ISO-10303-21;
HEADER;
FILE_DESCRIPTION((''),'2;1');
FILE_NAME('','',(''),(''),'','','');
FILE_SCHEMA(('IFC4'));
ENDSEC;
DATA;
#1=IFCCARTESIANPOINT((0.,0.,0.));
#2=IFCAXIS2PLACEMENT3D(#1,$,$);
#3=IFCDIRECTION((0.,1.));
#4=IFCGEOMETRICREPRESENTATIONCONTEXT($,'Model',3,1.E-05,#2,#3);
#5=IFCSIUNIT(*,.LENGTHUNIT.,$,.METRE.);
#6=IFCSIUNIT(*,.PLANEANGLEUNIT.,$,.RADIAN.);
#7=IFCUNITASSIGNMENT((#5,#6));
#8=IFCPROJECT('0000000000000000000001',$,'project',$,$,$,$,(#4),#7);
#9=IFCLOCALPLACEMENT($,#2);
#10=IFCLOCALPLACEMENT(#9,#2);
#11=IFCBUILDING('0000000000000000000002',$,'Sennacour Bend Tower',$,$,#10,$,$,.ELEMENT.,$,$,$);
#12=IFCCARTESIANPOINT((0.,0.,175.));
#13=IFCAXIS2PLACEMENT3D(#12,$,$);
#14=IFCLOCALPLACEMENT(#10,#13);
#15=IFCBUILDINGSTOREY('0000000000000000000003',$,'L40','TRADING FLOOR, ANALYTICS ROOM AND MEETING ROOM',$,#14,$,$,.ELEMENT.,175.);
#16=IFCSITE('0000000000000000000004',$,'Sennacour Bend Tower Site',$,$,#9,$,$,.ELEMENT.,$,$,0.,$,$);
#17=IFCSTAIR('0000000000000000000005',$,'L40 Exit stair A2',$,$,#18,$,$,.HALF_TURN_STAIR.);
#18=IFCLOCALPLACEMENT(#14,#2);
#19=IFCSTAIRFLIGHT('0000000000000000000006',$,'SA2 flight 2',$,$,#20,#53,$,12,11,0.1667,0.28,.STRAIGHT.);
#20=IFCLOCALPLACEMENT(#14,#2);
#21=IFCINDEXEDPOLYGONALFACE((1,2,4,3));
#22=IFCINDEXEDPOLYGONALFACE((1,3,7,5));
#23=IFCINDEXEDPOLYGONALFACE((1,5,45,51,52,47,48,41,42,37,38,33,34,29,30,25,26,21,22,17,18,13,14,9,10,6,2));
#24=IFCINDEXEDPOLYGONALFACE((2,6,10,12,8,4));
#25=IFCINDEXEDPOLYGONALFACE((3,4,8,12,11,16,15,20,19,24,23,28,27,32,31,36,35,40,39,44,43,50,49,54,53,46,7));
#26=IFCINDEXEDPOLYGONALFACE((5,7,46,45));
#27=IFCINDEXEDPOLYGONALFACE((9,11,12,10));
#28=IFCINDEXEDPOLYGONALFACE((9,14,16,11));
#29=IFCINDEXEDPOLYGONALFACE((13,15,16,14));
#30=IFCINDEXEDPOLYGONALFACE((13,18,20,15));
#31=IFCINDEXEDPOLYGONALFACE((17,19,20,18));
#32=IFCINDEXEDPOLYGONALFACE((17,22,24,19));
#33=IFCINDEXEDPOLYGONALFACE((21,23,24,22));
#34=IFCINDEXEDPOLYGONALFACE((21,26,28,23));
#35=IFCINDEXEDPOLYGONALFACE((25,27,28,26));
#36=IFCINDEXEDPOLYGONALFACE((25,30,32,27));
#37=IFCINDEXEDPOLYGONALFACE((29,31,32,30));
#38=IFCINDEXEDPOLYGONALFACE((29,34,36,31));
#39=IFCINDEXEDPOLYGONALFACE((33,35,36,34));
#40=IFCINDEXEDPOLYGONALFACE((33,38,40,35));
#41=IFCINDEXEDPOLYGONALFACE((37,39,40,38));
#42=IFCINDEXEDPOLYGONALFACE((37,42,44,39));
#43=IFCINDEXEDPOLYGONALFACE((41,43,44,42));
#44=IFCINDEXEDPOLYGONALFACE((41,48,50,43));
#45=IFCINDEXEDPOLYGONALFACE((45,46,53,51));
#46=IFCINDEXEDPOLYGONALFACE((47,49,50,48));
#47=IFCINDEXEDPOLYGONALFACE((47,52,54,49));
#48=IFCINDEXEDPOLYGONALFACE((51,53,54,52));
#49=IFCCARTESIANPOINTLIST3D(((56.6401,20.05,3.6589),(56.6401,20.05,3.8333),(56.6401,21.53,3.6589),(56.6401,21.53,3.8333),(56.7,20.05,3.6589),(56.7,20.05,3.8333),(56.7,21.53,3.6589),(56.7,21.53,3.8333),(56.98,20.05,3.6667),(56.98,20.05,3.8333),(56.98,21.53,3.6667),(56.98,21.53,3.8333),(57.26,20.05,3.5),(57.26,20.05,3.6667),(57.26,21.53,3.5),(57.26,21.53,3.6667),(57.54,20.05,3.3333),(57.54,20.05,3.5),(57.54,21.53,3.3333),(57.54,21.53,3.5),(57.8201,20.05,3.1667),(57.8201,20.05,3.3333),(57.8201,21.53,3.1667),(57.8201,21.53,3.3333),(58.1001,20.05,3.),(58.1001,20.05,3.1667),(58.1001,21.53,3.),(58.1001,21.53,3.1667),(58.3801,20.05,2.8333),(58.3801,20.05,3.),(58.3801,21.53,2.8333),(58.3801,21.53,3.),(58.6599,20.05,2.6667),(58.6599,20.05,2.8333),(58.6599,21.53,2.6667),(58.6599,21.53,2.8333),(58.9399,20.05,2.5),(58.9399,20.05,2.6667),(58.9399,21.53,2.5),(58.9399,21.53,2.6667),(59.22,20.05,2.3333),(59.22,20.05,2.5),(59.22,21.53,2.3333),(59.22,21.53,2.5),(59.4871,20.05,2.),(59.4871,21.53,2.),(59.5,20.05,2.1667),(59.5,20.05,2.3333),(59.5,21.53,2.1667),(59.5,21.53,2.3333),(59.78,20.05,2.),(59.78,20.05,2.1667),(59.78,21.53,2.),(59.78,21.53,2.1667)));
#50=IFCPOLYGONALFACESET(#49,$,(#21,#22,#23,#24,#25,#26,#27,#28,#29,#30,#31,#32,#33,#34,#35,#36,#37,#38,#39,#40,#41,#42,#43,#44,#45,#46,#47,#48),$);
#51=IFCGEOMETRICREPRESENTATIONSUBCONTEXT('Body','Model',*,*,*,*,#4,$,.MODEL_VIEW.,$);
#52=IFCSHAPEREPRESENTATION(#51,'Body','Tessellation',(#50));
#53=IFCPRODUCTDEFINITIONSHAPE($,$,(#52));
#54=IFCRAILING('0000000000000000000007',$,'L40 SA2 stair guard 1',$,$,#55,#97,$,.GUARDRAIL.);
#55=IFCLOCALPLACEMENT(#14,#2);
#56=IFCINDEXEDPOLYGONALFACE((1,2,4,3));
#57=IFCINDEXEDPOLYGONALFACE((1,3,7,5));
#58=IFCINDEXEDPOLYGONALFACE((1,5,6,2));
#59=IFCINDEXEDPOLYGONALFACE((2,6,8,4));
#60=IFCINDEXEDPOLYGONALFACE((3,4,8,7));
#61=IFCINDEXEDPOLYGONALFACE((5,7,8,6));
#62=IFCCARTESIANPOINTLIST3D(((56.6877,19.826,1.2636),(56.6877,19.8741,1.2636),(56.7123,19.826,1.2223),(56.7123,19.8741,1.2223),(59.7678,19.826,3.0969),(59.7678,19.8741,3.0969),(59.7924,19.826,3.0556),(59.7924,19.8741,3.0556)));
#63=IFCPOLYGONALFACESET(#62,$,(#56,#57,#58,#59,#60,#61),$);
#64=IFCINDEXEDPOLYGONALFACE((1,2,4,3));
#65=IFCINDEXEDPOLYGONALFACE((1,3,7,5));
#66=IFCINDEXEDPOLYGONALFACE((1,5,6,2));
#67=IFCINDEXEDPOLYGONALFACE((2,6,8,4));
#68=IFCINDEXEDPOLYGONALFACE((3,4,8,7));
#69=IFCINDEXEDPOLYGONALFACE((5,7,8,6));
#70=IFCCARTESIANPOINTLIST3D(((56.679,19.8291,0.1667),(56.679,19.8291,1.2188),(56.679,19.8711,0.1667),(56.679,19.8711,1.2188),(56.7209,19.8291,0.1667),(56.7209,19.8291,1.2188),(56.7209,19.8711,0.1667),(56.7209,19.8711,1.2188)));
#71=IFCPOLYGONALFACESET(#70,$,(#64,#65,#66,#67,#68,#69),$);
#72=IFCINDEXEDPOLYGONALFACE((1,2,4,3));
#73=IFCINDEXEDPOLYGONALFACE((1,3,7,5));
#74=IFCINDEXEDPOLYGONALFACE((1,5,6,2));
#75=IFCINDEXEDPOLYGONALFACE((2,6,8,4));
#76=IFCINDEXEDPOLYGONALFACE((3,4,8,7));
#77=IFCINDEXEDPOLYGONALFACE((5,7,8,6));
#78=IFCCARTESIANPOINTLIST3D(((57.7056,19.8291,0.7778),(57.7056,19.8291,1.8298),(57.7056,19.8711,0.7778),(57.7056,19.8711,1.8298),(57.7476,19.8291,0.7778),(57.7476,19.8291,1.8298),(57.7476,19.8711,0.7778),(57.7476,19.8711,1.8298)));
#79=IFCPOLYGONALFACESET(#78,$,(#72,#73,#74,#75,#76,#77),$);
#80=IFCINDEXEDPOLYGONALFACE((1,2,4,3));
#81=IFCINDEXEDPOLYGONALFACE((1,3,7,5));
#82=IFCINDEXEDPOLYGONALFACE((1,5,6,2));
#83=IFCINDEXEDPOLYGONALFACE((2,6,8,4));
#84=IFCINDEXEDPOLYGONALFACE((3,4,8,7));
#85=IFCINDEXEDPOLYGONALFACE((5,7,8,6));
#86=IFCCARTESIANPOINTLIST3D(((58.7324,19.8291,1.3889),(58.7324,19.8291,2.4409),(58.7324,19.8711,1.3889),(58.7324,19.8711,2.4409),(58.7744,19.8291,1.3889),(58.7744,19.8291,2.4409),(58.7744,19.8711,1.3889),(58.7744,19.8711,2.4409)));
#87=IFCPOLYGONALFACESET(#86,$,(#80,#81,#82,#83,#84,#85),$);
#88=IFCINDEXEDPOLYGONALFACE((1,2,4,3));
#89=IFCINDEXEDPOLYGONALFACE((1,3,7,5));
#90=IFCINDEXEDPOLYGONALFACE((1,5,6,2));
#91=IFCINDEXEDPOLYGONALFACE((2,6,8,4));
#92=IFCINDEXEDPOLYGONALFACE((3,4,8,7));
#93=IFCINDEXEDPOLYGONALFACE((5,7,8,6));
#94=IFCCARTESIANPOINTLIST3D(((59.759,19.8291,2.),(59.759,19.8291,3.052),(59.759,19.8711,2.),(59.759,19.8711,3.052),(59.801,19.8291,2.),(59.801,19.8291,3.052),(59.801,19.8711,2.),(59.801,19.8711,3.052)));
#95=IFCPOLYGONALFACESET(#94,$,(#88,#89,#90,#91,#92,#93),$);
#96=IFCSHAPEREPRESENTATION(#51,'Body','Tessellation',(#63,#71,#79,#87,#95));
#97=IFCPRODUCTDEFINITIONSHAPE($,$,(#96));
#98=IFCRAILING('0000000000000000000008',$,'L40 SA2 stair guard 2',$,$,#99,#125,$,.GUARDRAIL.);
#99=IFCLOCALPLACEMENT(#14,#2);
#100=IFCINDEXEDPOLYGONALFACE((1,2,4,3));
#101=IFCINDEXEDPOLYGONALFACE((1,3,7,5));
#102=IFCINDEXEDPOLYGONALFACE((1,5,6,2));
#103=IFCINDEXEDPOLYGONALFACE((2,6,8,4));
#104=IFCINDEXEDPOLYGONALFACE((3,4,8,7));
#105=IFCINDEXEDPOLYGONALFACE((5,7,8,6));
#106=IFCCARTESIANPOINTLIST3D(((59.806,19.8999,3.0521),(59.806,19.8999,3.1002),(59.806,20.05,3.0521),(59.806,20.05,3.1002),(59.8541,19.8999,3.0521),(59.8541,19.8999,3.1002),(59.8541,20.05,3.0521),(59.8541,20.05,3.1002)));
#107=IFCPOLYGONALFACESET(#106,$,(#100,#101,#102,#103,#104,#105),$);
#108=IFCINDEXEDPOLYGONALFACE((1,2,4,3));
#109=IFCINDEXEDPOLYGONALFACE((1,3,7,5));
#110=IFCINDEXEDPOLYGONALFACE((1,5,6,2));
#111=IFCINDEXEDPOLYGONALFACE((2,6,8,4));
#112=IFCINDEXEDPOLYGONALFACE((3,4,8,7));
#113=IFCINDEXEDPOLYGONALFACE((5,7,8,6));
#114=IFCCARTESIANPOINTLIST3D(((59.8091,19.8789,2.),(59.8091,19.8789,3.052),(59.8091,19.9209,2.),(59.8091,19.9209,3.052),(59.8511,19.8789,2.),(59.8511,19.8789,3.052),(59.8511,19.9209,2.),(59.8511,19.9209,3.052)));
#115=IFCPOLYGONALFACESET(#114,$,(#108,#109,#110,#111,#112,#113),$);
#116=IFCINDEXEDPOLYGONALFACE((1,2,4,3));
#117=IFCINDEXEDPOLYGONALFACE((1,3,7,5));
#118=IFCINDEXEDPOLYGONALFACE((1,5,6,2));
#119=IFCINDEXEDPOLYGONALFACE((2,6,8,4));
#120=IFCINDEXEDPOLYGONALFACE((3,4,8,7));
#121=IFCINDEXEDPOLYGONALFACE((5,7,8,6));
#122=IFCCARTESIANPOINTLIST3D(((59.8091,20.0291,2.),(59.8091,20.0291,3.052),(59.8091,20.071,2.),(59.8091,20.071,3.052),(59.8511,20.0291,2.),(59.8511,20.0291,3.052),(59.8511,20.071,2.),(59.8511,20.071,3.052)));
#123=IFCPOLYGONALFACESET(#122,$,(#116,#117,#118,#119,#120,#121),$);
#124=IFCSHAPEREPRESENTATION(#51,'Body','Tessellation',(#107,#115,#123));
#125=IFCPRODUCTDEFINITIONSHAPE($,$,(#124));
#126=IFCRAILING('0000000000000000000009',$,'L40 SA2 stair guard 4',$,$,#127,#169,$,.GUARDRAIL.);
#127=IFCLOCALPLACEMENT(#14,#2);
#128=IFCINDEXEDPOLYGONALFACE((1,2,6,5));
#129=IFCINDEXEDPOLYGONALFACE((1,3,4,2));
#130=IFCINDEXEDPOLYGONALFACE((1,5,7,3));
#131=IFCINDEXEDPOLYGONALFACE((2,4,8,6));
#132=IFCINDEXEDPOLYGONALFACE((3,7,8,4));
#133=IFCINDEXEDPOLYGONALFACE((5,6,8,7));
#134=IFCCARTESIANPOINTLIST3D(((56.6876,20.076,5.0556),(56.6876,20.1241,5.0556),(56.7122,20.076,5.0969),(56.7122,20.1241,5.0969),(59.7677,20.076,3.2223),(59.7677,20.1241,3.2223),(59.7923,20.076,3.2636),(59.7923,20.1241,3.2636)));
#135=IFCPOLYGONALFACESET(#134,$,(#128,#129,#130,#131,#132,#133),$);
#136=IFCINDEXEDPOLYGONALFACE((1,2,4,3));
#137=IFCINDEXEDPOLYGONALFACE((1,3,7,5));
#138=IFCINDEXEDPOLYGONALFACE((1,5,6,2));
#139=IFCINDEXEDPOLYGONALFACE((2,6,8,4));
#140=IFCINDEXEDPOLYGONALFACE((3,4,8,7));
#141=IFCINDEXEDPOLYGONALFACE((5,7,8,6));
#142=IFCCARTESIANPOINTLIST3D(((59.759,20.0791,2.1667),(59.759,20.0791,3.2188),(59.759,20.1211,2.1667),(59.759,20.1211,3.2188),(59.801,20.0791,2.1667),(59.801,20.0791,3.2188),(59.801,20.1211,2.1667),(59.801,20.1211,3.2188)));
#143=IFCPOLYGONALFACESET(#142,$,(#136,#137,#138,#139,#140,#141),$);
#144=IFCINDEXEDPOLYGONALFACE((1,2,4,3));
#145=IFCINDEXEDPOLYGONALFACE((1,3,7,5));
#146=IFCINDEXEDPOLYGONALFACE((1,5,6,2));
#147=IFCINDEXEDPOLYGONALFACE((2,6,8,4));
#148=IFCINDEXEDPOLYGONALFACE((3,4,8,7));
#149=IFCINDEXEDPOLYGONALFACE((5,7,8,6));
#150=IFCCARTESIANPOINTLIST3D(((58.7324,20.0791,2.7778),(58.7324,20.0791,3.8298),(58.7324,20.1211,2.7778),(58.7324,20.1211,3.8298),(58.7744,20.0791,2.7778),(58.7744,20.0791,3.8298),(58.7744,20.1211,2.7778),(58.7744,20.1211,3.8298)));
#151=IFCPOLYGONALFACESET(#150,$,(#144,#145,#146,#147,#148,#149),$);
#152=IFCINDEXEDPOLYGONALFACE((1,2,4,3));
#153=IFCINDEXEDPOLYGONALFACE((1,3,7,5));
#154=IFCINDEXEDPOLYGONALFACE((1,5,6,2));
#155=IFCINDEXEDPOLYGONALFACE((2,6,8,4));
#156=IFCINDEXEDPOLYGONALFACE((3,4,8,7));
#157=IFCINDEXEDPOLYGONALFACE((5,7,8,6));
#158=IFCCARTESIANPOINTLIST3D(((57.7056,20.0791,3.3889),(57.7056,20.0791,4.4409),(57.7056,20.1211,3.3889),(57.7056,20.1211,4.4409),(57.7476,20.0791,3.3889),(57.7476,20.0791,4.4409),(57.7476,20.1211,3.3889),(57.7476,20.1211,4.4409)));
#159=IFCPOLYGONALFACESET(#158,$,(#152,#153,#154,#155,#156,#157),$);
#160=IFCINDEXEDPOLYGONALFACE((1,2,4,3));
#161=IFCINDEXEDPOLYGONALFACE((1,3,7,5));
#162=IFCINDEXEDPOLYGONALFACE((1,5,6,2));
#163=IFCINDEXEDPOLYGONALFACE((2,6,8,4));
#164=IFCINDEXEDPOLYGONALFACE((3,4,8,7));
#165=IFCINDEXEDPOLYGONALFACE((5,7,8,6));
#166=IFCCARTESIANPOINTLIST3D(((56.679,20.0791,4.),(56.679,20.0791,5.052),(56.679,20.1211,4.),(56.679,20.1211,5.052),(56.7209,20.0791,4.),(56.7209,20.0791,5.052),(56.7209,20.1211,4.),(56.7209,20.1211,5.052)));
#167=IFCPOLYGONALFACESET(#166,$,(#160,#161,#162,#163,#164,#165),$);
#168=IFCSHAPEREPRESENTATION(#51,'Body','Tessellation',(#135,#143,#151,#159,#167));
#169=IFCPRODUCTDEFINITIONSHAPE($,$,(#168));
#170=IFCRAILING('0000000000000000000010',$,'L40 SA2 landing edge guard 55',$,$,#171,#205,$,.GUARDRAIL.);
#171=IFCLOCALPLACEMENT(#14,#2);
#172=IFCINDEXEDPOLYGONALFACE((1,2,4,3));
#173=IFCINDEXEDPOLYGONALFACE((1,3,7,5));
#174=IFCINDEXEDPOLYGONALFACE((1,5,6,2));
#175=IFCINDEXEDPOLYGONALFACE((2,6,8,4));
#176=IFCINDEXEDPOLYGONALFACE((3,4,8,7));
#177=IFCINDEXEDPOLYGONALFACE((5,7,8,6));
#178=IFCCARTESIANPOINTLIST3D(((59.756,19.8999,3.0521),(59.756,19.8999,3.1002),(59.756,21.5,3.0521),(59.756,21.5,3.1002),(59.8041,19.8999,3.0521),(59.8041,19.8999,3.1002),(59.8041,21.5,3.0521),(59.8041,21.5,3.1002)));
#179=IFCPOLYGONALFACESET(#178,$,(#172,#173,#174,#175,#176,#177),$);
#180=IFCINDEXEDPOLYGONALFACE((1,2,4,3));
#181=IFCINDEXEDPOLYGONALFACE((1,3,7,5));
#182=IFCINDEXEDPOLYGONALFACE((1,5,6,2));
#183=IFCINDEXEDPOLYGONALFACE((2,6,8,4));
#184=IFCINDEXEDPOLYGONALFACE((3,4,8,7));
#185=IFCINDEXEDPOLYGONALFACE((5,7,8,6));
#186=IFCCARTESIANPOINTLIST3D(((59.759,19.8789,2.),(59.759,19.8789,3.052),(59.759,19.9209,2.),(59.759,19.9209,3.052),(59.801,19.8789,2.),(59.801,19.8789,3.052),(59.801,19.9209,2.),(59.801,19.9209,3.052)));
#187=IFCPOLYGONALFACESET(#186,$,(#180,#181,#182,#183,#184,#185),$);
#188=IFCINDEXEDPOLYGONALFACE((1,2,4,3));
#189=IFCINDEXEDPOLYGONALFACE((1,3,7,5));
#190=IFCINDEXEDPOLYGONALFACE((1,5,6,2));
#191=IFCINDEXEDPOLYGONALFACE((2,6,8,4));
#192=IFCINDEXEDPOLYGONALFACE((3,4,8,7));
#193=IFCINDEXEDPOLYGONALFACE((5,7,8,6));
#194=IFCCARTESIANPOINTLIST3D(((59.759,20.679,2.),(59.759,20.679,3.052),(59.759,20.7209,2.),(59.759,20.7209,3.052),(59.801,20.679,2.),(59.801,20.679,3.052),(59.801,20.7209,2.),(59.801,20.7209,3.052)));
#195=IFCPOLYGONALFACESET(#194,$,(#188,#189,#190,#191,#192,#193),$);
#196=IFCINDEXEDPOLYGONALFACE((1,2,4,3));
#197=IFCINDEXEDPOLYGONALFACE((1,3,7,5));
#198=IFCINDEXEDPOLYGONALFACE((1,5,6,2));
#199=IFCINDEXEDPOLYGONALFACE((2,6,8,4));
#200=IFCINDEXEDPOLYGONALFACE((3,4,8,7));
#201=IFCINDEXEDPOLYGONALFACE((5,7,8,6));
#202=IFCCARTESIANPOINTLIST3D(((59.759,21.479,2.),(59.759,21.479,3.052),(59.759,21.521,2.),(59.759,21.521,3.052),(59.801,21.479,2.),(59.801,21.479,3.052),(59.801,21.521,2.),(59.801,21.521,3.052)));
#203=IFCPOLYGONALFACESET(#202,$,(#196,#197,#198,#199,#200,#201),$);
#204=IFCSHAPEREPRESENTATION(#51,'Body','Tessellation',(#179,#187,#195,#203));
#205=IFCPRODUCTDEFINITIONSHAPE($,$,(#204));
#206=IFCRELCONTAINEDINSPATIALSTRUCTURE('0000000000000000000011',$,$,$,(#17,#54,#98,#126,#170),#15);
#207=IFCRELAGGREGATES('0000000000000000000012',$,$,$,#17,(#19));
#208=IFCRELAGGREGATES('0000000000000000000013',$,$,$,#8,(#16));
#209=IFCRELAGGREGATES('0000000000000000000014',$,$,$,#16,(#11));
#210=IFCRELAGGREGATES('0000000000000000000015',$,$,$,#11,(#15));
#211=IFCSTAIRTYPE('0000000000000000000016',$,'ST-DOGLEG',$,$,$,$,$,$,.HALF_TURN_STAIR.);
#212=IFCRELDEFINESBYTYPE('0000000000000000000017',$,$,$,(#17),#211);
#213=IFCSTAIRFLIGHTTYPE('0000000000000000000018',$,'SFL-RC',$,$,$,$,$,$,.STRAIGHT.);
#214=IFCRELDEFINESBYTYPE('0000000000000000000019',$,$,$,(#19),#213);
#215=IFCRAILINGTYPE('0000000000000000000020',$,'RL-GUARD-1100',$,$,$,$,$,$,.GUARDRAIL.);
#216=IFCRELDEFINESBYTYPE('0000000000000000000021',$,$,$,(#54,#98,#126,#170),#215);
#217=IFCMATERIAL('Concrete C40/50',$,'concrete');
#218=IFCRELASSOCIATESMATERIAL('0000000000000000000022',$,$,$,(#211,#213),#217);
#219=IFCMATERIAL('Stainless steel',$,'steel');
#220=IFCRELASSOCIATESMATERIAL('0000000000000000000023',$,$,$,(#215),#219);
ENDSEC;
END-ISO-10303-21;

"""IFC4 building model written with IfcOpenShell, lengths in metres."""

from ifc_helpers import new_model, si_unit, direction, frame, origin, origin_2d, place, context, subcontext, project, spatial, polyline, rectangle, outline, extrude, material, type_object, element, aggregate, save


model = new_model("IFC4")

# Units and contexts
model_context = context("Model", 3, precision=1e-05, world=origin(), true_north=direction((0.0, 1.0)))
body_context = subcontext(model_context, "Body", "Model", "MODEL_VIEW")
ifc_project = project(units=[si_unit("LENGTHUNIT", "METRE"), si_unit("PLANEANGLEUNIT", "RADIAN")], contexts=[model_context])

# Site, building, storey
site_placement = place(None, origin())
site = spatial("IfcSite", under=ifc_project, at=site_placement, Name="Sennacour Bend Tower Site", CompositionType="ELEMENT", RefElevation=0.0)
building_placement = place(site_placement, origin())
building = spatial("IfcBuilding", under=site, at=building_placement, Name="Sennacour Bend Tower", CompositionType="ELEMENT")
storey_placement = place(building_placement, frame((0.0, 0.0, 175.0)))
storey = spatial("IfcBuildingStorey", under=building, at=storey_placement, Name="L40", Description="TRADING FLOOR, ANALYTICS ROOM AND MEETING ROOM", CompositionType="ELEMENT", Elevation=175.0)

# Shared definitions
ifc_material_1 = material(Name="Stainless steel", Category="steel")

# Stair, stair flight
ifc_material_2 = material(Name="Concrete C40/50", Category="concrete")
stair_type = type_object("IfcStairType", Name="ST-DOGLEG", PredefinedType="HALF_TURN_STAIR", material=ifc_material_2)
stair_placement = place(storey_placement, origin())
stair = element("IfcStair", 1, at=stair_placement, inside=storey, type_object=stair_type, Name="L40 Exit stair A2", PredefinedType="HALF_TURN_STAIR")
stair_flight_type = type_object("IfcStairFlightType", Name="SFL-RC", PredefinedType="STRAIGHT", material=ifc_material_2)
stair_flight_1_placement = place(storey_placement, frame((59.78, 20.79, 2.0), z_axis=(0.0, 0.0, 1.0), x_axis=(-1.0, 0.0, 0.0)))
stair_flight_1 = element("IfcStairFlight", 2, at=stair_flight_1_placement, type_object=stair_flight_type, Name="SA2 flight 2", NumberOfRisers=12, NumberOfTreads=11, PredefinedType="STRAIGHT", RiserHeight=0.1667, TreadLength=0.28, context=body_context, shape_type="SweptSolid", body=[
    extrude(outline(polyline([(0.0, 0.0), (0.0, 0.1667), (0.28, 0.1667), (0.28, 0.3333), (0.5601, 0.3333), (0.5601, 0.5), (0.8401, 0.5), (0.8401, 0.6667), (1.1201, 0.6667), (1.1201, 0.8333), (1.3999, 0.8333), (1.3999, 1.0), (1.6799, 1.0), (1.6799, 1.1667), (1.96, 1.1667), (1.96, 1.3333), (2.24, 1.3333), (2.24, 1.5), (2.52, 1.5), (2.52, 1.6667), (2.8, 1.6667), (2.8, 1.8333), (3.0801, 1.8333), (3.1399, 1.8333), (3.1399, 1.6589), (3.0801, 1.6589), (0.293, 0.0), (0.0, 0.0)])), frame((0.0, 0.74, 0.0), z_axis=(0.0, -1.0, 0.0), x_axis=(1.0, 0.0, 0.0)), (0.0, 0.0, 1.0), 1.48),
])
aggregate(stair, [stair_flight_1])

# Railings
railing_type_1 = type_object("IfcRailingType", Name="RL-GUARD-1100", PredefinedType="GUARDRAIL", material=ifc_material_1)
railing_1_placement = place(storey_placement, frame((56.7, 19.8501, 0.1667)))
element("IfcRailing", 3, at=railing_1_placement, inside=storey, type_object=railing_type_1, Name="L40 SA2 stair guard 1", PredefinedType="GUARDRAIL", context=body_context, shape_type="SweptSolid", body=[
    extrude(rectangle(XDim=0.0481, YDim=0.0481, at=origin_2d()), frame((0.0, 0.0, 1.0762), z_axis=(0.859309, 0.0, 0.511458), x_axis=(0.0, 1.0, 0.0)), (0.0, 0.0, 1.0), 3.5845),
    extrude(rectangle(XDim=0.042, YDim=0.042, at=origin_2d()), origin(), (0.0, 0.0, 1.0), 1.052),
    extrude(rectangle(XDim=0.042, YDim=0.042, at=origin_2d()), frame((1.0266, 0.0, 0.6111)), (0.0, 0.0, 1.0), 1.052),
    extrude(rectangle(XDim=0.042, YDim=0.042, at=origin_2d()), frame((2.0535, 0.0, 1.2222)), (0.0, 0.0, 1.0), 1.052),
    extrude(rectangle(XDim=0.042, YDim=0.042, at=origin_2d()), frame((3.0801, 0.0, 1.8333)), (0.0, 0.0, 1.0), 1.052),
])
railing_2_placement = place(storey_placement, frame((59.8301, 19.8999, 2.0)))
element("IfcRailing", 4, at=railing_2_placement, inside=storey, type_object=railing_type_1, Name="L40 SA2 stair guard 2", PredefinedType="GUARDRAIL", context=body_context, shape_type="SweptSolid", body=[
    extrude(rectangle(XDim=0.0481, YDim=0.0481, at=origin_2d()), frame((0.0, 0.0, 1.0762), z_axis=(0.0, 1.0, 0.0), x_axis=(-1.0, 0.0, 0.0)), (0.0, 0.0, 1.0), 0.1501),
    extrude(rectangle(XDim=0.042, YDim=0.042, at=origin_2d()), origin(), (0.0, 0.0, 1.0), 1.052),
    extrude(rectangle(XDim=0.042, YDim=0.042, at=origin_2d()), frame((0.0, 0.1501, 0.0)), (0.0, 0.0, 1.0), 1.052),
])
railing_3_placement = place(storey_placement, frame((59.78, 20.1001, 2.1667)))
element("IfcRailing", 5, at=railing_3_placement, inside=storey, type_object=railing_type_1, Name="L40 SA2 stair guard 4", PredefinedType="GUARDRAIL", context=body_context, shape_type="SweptSolid", body=[
    extrude(rectangle(XDim=0.0481, YDim=0.0481, at=origin_2d()), frame((0.0, 0.0, 1.0762), z_axis=(-0.859309, 0.0, 0.511458), x_axis=(0.0, -1.0, 0.0)), (0.0, 0.0, 1.0), 3.5845),
    extrude(rectangle(XDim=0.042, YDim=0.042, at=origin_2d()), origin(), (0.0, 0.0, 1.0), 1.052),
    extrude(rectangle(XDim=0.042, YDim=0.042, at=origin_2d()), frame((-1.0266, 0.0, 0.6111)), (0.0, 0.0, 1.0), 1.052),
    extrude(rectangle(XDim=0.042, YDim=0.042, at=origin_2d()), frame((-2.0535, 0.0, 1.2222)), (0.0, 0.0, 1.0), 1.052),
    extrude(rectangle(XDim=0.042, YDim=0.042, at=origin_2d()), frame((-3.0801, 0.0, 1.8333)), (0.0, 0.0, 1.0), 1.052),
])
railing_4_placement = place(storey_placement, frame((59.78, 19.8999, 2.0)))
element("IfcRailing", 6, at=railing_4_placement, inside=storey, type_object=railing_type_1, Name="L40 SA2 landing edge guard 55", PredefinedType="GUARDRAIL", context=body_context, shape_type="SweptSolid", body=[
    extrude(rectangle(XDim=0.0481, YDim=0.0481, at=origin_2d()), frame((0.0, 0.0, 1.0762), z_axis=(0.0, 1.0, 0.0), x_axis=(-1.0, 0.0, 0.0)), (0.0, 0.0, 1.0), 1.6001),
    extrude(rectangle(XDim=0.042, YDim=0.042, at=origin_2d()), origin(), (0.0, 0.0, 1.0), 1.052),
    extrude(rectangle(XDim=0.042, YDim=0.042, at=origin_2d()), frame((0.0, 0.8, 0.0)), (0.0, 0.0, 1.0), 1.052),
    extrude(rectangle(XDim=0.042, YDim=0.042, at=origin_2d()), frame((0.0, 1.6001, 0.0)), (0.0, 0.0, 1.0), 1.052),
])

save(model, "model.ifc")
